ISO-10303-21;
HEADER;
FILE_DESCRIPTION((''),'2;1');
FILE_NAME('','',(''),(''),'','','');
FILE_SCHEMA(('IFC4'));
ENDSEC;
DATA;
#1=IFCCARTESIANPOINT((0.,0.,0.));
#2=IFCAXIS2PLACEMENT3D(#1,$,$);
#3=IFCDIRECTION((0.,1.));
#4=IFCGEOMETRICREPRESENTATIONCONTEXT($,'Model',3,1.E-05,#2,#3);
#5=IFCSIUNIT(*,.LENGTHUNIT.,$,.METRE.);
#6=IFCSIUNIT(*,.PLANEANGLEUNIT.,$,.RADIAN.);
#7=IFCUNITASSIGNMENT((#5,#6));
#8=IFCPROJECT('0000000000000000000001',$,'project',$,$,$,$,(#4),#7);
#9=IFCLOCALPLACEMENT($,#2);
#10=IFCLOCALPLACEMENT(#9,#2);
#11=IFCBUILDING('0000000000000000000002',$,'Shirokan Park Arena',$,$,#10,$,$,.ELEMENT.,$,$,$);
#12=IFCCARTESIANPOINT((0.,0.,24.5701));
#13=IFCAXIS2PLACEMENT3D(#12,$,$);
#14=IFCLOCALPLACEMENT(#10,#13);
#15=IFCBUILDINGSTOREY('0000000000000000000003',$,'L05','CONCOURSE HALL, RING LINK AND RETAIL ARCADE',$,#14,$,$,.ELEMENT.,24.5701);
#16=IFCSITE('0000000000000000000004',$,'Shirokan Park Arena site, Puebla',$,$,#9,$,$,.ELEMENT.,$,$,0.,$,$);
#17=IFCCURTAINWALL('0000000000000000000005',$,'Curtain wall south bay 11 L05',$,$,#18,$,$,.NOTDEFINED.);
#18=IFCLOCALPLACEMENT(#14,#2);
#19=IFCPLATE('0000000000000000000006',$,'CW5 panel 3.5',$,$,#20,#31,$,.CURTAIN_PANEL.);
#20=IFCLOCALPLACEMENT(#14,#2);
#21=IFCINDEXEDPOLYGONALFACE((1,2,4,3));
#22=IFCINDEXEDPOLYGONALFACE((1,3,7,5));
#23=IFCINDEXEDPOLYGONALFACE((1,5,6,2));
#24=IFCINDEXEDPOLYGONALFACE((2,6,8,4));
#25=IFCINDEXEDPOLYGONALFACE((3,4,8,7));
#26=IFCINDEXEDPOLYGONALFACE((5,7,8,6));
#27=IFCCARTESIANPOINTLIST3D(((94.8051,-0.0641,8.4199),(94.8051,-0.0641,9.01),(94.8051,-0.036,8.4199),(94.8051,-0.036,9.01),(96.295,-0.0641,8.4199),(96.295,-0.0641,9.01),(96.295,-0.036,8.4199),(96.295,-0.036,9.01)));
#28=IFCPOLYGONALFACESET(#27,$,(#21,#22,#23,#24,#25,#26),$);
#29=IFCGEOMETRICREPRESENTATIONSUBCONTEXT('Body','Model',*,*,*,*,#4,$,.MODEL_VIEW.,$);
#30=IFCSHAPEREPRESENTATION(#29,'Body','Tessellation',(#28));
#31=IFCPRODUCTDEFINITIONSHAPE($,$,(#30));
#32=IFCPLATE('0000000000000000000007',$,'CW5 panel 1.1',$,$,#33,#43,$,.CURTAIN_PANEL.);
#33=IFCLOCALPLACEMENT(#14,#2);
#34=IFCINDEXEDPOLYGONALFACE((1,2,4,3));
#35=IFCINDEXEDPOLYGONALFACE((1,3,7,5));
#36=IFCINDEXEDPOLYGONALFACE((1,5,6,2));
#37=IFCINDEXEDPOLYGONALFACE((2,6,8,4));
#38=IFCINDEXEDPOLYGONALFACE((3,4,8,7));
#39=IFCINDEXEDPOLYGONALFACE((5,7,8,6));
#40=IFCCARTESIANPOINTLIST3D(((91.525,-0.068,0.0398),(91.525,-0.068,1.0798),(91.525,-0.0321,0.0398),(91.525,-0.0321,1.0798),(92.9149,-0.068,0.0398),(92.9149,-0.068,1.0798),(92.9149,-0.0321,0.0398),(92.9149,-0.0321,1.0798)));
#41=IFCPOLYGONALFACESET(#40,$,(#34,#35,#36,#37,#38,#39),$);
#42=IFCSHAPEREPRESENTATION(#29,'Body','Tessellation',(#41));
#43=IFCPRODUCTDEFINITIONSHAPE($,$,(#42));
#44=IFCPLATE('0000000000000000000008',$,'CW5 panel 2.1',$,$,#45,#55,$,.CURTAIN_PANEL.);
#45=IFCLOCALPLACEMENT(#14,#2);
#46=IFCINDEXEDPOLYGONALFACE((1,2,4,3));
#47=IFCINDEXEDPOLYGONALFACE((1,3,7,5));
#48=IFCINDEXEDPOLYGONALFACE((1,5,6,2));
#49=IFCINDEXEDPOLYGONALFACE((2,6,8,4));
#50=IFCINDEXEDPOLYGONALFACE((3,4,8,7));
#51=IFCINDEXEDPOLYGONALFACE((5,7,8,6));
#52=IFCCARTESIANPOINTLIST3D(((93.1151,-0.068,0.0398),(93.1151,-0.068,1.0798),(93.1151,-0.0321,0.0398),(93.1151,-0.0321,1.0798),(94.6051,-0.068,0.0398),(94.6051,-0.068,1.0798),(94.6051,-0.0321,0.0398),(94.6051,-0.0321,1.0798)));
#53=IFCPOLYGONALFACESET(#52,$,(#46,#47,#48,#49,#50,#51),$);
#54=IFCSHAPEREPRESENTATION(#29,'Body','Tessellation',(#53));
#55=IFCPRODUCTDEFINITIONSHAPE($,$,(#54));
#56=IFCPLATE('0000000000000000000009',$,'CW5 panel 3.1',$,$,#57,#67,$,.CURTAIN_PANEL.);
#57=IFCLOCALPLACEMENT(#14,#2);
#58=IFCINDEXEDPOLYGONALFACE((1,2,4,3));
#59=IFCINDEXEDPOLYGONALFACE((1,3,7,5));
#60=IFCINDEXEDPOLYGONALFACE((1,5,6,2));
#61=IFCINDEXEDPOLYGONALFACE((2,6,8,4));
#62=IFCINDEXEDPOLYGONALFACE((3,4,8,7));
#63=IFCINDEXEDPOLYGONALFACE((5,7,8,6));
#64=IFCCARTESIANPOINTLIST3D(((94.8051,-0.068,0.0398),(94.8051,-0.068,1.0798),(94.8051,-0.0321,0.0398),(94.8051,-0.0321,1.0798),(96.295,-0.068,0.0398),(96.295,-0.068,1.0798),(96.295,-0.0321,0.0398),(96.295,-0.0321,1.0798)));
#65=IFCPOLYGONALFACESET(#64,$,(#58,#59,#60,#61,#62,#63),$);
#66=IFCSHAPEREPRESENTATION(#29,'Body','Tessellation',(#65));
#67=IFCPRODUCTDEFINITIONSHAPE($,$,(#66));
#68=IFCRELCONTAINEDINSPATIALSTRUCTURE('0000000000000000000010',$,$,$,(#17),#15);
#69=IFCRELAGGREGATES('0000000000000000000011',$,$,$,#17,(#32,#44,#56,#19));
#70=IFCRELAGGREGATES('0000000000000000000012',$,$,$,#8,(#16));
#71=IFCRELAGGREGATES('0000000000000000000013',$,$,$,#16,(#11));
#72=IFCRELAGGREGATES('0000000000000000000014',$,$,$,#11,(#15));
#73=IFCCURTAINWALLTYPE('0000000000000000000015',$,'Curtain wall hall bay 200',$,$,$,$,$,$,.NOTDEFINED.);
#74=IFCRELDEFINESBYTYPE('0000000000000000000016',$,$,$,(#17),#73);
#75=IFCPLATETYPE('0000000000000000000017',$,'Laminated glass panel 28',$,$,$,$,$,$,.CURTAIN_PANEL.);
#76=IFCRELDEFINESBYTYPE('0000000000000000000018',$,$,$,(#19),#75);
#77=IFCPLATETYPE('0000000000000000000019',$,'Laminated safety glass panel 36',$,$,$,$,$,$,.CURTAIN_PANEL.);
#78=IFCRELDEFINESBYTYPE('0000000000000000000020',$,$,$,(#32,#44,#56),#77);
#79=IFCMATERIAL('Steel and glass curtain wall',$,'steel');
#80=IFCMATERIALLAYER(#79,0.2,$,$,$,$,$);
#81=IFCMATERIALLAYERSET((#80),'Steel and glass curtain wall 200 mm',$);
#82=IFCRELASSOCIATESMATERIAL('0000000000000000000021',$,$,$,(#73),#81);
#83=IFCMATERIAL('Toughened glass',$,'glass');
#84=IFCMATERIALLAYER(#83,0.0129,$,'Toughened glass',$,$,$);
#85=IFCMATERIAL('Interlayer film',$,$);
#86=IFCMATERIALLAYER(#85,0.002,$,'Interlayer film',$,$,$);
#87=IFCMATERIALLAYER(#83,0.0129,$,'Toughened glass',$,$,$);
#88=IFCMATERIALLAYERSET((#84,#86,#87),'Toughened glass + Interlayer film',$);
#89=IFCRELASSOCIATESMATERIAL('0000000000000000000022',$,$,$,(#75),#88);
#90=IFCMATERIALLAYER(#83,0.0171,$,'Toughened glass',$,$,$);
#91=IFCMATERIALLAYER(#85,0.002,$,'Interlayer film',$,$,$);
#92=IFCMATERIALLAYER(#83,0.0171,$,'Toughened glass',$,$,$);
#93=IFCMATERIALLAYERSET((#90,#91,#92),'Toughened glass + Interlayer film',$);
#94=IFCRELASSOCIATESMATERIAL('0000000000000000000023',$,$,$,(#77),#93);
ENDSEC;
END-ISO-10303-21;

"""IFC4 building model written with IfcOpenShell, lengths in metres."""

from ifc_helpers import new_model, si_unit, direction, frame, origin, origin_2d, place, context, subcontext, project, spatial, rectangle, extrude, material, layer, layer_set, type_object, element, aggregate, save


model = new_model("IFC4")

# Units and contexts
model_context = context("Model", 3, precision=1e-05, world=origin(), true_north=direction((0.0, 1.0)))
body_context = subcontext(model_context, "Body", "Model", "MODEL_VIEW")
ifc_project = project(units=[si_unit("LENGTHUNIT", "METRE"), si_unit("PLANEANGLEUNIT", "RADIAN")], contexts=[model_context])

# Site, building, storey
site_placement = place(None, origin())
site = spatial("IfcSite", under=ifc_project, at=site_placement, Name="Shirokan Park Arena site, Puebla", CompositionType="ELEMENT", RefElevation=0.0)
building_placement = place(site_placement, origin())
building = spatial("IfcBuilding", under=site, at=building_placement, Name="Shirokan Park Arena", CompositionType="ELEMENT")
storey_placement = place(building_placement, frame((0.0, 0.0, 24.5701)))
storey = spatial("IfcBuildingStorey", under=building, at=storey_placement, Name="L05", Description="CONCOURSE HALL, RING LINK AND RETAIL ARCADE", CompositionType="ELEMENT", Elevation=24.5701)

# Shared definitions
ifc_material_1 = material(Name="Steel and glass curtain wall", Category="steel")
ifc_layer_1 = layer(ifc_material_1, 0.2)
ifc_layer_set_1 = layer_set([ifc_layer_1], Name="Steel and glass curtain wall 200 mm")
curtain_wall_type = type_object("IfcCurtainWallType", Name="Curtain wall hall bay 200", PredefinedType="NOTDEFINED", material=ifc_layer_set_1)

# Curtain wall, plates
curtain_wall_1_placement = place(storey_placement, origin())
curtain_wall_1 = element("IfcCurtainWall", 1, at=curtain_wall_1_placement, inside=storey, type_object=curtain_wall_type, Name="Curtain wall south bay 11 L05", PredefinedType="NOTDEFINED")
ifc_material_2 = material(Name="Toughened glass", Category="glass")
ifc_layer_2 = layer(ifc_material_2, 0.0129, Name="Toughened glass")
ifc_material_3 = material(Name="Interlayer film")
ifc_layer_3 = layer(ifc_material_3, 0.002, Name="Interlayer film")
ifc_layer_4 = layer(ifc_material_2, 0.0129, Name="Toughened glass")
ifc_layer_set_2 = layer_set([ifc_layer_2, ifc_layer_3, ifc_layer_4], Name="Toughened glass + Interlayer film")
plate_type_1 = type_object("IfcPlateType", Name="Laminated glass panel 28", PredefinedType="CURTAIN_PANEL", material=ifc_layer_set_2)
plate_1_placement = place(storey_placement, frame((95.55, -0.05, 8.4199), z_axis=(0.0, 0.0, 1.0), x_axis=(1.0, 0.0, 0.0)))
plate_1 = element("IfcPlate", 2, at=plate_1_placement, type_object=plate_type_1, Name="CW5 panel 3.5", PredefinedType="CURTAIN_PANEL", context=body_context, shape_type="SweptSolid", body=[
    extrude(rectangle(XDim=1.49, YDim=0.0281, at=origin_2d()), origin(), (0.0, 0.0, 1.0), 0.5901),
])
ifc_layer_5 = layer(ifc_material_2, 0.0171, Name="Toughened glass")
ifc_layer_6 = layer(ifc_material_3, 0.002, Name="Interlayer film")
ifc_layer_7 = layer(ifc_material_2, 0.0171, Name="Toughened glass")
ifc_layer_set_3 = layer_set([ifc_layer_5, ifc_layer_6, ifc_layer_7], Name="Toughened glass + Interlayer film")
plate_type_2 = type_object("IfcPlateType", Name="Laminated safety glass panel 36", PredefinedType="CURTAIN_PANEL", material=ifc_layer_set_3)
plate_2_placement = place(storey_placement, frame((92.22, -0.05, 0.0398), z_axis=(0.0, 0.0, 1.0), x_axis=(1.0, 0.0, 0.0)))
plate_2 = element("IfcPlate", 3, at=plate_2_placement, type_object=plate_type_2, Name="CW5 panel 1.1", PredefinedType="CURTAIN_PANEL", context=body_context, shape_type="SweptSolid", body=[
    extrude(rectangle(XDim=1.3899, YDim=0.0359, at=origin_2d()), origin(), (0.0, 0.0, 1.0), 1.04),
])
plate_3_placement = place(storey_placement, frame((93.8601, -0.05, 0.0398), z_axis=(0.0, 0.0, 1.0), x_axis=(1.0, 0.0, 0.0)))
plate_3 = element("IfcPlate", 4, at=plate_3_placement, type_object=plate_type_2, Name="CW5 panel 2.1", PredefinedType="CURTAIN_PANEL", context=body_context, shape_type="SweptSolid", body=[
    extrude(rectangle(XDim=1.49, YDim=0.0359, at=origin_2d()), origin(), (0.0, 0.0, 1.0), 1.04),
])
plate_4_placement = place(storey_placement, frame((95.55, -0.05, 0.0398), z_axis=(0.0, 0.0, 1.0), x_axis=(1.0, 0.0, 0.0)))
plate_4 = element("IfcPlate", 5, at=plate_4_placement, type_object=plate_type_2, Name="CW5 panel 3.1", PredefinedType="CURTAIN_PANEL", context=body_context, shape_type="SweptSolid", body=[
    extrude(rectangle(XDim=1.49, YDim=0.0359, at=origin_2d()), origin(), (0.0, 0.0, 1.0), 1.04),
])
aggregate(curtain_wall_1, [plate_2, plate_3, plate_4, plate_1])

save(model, "model.ifc")
